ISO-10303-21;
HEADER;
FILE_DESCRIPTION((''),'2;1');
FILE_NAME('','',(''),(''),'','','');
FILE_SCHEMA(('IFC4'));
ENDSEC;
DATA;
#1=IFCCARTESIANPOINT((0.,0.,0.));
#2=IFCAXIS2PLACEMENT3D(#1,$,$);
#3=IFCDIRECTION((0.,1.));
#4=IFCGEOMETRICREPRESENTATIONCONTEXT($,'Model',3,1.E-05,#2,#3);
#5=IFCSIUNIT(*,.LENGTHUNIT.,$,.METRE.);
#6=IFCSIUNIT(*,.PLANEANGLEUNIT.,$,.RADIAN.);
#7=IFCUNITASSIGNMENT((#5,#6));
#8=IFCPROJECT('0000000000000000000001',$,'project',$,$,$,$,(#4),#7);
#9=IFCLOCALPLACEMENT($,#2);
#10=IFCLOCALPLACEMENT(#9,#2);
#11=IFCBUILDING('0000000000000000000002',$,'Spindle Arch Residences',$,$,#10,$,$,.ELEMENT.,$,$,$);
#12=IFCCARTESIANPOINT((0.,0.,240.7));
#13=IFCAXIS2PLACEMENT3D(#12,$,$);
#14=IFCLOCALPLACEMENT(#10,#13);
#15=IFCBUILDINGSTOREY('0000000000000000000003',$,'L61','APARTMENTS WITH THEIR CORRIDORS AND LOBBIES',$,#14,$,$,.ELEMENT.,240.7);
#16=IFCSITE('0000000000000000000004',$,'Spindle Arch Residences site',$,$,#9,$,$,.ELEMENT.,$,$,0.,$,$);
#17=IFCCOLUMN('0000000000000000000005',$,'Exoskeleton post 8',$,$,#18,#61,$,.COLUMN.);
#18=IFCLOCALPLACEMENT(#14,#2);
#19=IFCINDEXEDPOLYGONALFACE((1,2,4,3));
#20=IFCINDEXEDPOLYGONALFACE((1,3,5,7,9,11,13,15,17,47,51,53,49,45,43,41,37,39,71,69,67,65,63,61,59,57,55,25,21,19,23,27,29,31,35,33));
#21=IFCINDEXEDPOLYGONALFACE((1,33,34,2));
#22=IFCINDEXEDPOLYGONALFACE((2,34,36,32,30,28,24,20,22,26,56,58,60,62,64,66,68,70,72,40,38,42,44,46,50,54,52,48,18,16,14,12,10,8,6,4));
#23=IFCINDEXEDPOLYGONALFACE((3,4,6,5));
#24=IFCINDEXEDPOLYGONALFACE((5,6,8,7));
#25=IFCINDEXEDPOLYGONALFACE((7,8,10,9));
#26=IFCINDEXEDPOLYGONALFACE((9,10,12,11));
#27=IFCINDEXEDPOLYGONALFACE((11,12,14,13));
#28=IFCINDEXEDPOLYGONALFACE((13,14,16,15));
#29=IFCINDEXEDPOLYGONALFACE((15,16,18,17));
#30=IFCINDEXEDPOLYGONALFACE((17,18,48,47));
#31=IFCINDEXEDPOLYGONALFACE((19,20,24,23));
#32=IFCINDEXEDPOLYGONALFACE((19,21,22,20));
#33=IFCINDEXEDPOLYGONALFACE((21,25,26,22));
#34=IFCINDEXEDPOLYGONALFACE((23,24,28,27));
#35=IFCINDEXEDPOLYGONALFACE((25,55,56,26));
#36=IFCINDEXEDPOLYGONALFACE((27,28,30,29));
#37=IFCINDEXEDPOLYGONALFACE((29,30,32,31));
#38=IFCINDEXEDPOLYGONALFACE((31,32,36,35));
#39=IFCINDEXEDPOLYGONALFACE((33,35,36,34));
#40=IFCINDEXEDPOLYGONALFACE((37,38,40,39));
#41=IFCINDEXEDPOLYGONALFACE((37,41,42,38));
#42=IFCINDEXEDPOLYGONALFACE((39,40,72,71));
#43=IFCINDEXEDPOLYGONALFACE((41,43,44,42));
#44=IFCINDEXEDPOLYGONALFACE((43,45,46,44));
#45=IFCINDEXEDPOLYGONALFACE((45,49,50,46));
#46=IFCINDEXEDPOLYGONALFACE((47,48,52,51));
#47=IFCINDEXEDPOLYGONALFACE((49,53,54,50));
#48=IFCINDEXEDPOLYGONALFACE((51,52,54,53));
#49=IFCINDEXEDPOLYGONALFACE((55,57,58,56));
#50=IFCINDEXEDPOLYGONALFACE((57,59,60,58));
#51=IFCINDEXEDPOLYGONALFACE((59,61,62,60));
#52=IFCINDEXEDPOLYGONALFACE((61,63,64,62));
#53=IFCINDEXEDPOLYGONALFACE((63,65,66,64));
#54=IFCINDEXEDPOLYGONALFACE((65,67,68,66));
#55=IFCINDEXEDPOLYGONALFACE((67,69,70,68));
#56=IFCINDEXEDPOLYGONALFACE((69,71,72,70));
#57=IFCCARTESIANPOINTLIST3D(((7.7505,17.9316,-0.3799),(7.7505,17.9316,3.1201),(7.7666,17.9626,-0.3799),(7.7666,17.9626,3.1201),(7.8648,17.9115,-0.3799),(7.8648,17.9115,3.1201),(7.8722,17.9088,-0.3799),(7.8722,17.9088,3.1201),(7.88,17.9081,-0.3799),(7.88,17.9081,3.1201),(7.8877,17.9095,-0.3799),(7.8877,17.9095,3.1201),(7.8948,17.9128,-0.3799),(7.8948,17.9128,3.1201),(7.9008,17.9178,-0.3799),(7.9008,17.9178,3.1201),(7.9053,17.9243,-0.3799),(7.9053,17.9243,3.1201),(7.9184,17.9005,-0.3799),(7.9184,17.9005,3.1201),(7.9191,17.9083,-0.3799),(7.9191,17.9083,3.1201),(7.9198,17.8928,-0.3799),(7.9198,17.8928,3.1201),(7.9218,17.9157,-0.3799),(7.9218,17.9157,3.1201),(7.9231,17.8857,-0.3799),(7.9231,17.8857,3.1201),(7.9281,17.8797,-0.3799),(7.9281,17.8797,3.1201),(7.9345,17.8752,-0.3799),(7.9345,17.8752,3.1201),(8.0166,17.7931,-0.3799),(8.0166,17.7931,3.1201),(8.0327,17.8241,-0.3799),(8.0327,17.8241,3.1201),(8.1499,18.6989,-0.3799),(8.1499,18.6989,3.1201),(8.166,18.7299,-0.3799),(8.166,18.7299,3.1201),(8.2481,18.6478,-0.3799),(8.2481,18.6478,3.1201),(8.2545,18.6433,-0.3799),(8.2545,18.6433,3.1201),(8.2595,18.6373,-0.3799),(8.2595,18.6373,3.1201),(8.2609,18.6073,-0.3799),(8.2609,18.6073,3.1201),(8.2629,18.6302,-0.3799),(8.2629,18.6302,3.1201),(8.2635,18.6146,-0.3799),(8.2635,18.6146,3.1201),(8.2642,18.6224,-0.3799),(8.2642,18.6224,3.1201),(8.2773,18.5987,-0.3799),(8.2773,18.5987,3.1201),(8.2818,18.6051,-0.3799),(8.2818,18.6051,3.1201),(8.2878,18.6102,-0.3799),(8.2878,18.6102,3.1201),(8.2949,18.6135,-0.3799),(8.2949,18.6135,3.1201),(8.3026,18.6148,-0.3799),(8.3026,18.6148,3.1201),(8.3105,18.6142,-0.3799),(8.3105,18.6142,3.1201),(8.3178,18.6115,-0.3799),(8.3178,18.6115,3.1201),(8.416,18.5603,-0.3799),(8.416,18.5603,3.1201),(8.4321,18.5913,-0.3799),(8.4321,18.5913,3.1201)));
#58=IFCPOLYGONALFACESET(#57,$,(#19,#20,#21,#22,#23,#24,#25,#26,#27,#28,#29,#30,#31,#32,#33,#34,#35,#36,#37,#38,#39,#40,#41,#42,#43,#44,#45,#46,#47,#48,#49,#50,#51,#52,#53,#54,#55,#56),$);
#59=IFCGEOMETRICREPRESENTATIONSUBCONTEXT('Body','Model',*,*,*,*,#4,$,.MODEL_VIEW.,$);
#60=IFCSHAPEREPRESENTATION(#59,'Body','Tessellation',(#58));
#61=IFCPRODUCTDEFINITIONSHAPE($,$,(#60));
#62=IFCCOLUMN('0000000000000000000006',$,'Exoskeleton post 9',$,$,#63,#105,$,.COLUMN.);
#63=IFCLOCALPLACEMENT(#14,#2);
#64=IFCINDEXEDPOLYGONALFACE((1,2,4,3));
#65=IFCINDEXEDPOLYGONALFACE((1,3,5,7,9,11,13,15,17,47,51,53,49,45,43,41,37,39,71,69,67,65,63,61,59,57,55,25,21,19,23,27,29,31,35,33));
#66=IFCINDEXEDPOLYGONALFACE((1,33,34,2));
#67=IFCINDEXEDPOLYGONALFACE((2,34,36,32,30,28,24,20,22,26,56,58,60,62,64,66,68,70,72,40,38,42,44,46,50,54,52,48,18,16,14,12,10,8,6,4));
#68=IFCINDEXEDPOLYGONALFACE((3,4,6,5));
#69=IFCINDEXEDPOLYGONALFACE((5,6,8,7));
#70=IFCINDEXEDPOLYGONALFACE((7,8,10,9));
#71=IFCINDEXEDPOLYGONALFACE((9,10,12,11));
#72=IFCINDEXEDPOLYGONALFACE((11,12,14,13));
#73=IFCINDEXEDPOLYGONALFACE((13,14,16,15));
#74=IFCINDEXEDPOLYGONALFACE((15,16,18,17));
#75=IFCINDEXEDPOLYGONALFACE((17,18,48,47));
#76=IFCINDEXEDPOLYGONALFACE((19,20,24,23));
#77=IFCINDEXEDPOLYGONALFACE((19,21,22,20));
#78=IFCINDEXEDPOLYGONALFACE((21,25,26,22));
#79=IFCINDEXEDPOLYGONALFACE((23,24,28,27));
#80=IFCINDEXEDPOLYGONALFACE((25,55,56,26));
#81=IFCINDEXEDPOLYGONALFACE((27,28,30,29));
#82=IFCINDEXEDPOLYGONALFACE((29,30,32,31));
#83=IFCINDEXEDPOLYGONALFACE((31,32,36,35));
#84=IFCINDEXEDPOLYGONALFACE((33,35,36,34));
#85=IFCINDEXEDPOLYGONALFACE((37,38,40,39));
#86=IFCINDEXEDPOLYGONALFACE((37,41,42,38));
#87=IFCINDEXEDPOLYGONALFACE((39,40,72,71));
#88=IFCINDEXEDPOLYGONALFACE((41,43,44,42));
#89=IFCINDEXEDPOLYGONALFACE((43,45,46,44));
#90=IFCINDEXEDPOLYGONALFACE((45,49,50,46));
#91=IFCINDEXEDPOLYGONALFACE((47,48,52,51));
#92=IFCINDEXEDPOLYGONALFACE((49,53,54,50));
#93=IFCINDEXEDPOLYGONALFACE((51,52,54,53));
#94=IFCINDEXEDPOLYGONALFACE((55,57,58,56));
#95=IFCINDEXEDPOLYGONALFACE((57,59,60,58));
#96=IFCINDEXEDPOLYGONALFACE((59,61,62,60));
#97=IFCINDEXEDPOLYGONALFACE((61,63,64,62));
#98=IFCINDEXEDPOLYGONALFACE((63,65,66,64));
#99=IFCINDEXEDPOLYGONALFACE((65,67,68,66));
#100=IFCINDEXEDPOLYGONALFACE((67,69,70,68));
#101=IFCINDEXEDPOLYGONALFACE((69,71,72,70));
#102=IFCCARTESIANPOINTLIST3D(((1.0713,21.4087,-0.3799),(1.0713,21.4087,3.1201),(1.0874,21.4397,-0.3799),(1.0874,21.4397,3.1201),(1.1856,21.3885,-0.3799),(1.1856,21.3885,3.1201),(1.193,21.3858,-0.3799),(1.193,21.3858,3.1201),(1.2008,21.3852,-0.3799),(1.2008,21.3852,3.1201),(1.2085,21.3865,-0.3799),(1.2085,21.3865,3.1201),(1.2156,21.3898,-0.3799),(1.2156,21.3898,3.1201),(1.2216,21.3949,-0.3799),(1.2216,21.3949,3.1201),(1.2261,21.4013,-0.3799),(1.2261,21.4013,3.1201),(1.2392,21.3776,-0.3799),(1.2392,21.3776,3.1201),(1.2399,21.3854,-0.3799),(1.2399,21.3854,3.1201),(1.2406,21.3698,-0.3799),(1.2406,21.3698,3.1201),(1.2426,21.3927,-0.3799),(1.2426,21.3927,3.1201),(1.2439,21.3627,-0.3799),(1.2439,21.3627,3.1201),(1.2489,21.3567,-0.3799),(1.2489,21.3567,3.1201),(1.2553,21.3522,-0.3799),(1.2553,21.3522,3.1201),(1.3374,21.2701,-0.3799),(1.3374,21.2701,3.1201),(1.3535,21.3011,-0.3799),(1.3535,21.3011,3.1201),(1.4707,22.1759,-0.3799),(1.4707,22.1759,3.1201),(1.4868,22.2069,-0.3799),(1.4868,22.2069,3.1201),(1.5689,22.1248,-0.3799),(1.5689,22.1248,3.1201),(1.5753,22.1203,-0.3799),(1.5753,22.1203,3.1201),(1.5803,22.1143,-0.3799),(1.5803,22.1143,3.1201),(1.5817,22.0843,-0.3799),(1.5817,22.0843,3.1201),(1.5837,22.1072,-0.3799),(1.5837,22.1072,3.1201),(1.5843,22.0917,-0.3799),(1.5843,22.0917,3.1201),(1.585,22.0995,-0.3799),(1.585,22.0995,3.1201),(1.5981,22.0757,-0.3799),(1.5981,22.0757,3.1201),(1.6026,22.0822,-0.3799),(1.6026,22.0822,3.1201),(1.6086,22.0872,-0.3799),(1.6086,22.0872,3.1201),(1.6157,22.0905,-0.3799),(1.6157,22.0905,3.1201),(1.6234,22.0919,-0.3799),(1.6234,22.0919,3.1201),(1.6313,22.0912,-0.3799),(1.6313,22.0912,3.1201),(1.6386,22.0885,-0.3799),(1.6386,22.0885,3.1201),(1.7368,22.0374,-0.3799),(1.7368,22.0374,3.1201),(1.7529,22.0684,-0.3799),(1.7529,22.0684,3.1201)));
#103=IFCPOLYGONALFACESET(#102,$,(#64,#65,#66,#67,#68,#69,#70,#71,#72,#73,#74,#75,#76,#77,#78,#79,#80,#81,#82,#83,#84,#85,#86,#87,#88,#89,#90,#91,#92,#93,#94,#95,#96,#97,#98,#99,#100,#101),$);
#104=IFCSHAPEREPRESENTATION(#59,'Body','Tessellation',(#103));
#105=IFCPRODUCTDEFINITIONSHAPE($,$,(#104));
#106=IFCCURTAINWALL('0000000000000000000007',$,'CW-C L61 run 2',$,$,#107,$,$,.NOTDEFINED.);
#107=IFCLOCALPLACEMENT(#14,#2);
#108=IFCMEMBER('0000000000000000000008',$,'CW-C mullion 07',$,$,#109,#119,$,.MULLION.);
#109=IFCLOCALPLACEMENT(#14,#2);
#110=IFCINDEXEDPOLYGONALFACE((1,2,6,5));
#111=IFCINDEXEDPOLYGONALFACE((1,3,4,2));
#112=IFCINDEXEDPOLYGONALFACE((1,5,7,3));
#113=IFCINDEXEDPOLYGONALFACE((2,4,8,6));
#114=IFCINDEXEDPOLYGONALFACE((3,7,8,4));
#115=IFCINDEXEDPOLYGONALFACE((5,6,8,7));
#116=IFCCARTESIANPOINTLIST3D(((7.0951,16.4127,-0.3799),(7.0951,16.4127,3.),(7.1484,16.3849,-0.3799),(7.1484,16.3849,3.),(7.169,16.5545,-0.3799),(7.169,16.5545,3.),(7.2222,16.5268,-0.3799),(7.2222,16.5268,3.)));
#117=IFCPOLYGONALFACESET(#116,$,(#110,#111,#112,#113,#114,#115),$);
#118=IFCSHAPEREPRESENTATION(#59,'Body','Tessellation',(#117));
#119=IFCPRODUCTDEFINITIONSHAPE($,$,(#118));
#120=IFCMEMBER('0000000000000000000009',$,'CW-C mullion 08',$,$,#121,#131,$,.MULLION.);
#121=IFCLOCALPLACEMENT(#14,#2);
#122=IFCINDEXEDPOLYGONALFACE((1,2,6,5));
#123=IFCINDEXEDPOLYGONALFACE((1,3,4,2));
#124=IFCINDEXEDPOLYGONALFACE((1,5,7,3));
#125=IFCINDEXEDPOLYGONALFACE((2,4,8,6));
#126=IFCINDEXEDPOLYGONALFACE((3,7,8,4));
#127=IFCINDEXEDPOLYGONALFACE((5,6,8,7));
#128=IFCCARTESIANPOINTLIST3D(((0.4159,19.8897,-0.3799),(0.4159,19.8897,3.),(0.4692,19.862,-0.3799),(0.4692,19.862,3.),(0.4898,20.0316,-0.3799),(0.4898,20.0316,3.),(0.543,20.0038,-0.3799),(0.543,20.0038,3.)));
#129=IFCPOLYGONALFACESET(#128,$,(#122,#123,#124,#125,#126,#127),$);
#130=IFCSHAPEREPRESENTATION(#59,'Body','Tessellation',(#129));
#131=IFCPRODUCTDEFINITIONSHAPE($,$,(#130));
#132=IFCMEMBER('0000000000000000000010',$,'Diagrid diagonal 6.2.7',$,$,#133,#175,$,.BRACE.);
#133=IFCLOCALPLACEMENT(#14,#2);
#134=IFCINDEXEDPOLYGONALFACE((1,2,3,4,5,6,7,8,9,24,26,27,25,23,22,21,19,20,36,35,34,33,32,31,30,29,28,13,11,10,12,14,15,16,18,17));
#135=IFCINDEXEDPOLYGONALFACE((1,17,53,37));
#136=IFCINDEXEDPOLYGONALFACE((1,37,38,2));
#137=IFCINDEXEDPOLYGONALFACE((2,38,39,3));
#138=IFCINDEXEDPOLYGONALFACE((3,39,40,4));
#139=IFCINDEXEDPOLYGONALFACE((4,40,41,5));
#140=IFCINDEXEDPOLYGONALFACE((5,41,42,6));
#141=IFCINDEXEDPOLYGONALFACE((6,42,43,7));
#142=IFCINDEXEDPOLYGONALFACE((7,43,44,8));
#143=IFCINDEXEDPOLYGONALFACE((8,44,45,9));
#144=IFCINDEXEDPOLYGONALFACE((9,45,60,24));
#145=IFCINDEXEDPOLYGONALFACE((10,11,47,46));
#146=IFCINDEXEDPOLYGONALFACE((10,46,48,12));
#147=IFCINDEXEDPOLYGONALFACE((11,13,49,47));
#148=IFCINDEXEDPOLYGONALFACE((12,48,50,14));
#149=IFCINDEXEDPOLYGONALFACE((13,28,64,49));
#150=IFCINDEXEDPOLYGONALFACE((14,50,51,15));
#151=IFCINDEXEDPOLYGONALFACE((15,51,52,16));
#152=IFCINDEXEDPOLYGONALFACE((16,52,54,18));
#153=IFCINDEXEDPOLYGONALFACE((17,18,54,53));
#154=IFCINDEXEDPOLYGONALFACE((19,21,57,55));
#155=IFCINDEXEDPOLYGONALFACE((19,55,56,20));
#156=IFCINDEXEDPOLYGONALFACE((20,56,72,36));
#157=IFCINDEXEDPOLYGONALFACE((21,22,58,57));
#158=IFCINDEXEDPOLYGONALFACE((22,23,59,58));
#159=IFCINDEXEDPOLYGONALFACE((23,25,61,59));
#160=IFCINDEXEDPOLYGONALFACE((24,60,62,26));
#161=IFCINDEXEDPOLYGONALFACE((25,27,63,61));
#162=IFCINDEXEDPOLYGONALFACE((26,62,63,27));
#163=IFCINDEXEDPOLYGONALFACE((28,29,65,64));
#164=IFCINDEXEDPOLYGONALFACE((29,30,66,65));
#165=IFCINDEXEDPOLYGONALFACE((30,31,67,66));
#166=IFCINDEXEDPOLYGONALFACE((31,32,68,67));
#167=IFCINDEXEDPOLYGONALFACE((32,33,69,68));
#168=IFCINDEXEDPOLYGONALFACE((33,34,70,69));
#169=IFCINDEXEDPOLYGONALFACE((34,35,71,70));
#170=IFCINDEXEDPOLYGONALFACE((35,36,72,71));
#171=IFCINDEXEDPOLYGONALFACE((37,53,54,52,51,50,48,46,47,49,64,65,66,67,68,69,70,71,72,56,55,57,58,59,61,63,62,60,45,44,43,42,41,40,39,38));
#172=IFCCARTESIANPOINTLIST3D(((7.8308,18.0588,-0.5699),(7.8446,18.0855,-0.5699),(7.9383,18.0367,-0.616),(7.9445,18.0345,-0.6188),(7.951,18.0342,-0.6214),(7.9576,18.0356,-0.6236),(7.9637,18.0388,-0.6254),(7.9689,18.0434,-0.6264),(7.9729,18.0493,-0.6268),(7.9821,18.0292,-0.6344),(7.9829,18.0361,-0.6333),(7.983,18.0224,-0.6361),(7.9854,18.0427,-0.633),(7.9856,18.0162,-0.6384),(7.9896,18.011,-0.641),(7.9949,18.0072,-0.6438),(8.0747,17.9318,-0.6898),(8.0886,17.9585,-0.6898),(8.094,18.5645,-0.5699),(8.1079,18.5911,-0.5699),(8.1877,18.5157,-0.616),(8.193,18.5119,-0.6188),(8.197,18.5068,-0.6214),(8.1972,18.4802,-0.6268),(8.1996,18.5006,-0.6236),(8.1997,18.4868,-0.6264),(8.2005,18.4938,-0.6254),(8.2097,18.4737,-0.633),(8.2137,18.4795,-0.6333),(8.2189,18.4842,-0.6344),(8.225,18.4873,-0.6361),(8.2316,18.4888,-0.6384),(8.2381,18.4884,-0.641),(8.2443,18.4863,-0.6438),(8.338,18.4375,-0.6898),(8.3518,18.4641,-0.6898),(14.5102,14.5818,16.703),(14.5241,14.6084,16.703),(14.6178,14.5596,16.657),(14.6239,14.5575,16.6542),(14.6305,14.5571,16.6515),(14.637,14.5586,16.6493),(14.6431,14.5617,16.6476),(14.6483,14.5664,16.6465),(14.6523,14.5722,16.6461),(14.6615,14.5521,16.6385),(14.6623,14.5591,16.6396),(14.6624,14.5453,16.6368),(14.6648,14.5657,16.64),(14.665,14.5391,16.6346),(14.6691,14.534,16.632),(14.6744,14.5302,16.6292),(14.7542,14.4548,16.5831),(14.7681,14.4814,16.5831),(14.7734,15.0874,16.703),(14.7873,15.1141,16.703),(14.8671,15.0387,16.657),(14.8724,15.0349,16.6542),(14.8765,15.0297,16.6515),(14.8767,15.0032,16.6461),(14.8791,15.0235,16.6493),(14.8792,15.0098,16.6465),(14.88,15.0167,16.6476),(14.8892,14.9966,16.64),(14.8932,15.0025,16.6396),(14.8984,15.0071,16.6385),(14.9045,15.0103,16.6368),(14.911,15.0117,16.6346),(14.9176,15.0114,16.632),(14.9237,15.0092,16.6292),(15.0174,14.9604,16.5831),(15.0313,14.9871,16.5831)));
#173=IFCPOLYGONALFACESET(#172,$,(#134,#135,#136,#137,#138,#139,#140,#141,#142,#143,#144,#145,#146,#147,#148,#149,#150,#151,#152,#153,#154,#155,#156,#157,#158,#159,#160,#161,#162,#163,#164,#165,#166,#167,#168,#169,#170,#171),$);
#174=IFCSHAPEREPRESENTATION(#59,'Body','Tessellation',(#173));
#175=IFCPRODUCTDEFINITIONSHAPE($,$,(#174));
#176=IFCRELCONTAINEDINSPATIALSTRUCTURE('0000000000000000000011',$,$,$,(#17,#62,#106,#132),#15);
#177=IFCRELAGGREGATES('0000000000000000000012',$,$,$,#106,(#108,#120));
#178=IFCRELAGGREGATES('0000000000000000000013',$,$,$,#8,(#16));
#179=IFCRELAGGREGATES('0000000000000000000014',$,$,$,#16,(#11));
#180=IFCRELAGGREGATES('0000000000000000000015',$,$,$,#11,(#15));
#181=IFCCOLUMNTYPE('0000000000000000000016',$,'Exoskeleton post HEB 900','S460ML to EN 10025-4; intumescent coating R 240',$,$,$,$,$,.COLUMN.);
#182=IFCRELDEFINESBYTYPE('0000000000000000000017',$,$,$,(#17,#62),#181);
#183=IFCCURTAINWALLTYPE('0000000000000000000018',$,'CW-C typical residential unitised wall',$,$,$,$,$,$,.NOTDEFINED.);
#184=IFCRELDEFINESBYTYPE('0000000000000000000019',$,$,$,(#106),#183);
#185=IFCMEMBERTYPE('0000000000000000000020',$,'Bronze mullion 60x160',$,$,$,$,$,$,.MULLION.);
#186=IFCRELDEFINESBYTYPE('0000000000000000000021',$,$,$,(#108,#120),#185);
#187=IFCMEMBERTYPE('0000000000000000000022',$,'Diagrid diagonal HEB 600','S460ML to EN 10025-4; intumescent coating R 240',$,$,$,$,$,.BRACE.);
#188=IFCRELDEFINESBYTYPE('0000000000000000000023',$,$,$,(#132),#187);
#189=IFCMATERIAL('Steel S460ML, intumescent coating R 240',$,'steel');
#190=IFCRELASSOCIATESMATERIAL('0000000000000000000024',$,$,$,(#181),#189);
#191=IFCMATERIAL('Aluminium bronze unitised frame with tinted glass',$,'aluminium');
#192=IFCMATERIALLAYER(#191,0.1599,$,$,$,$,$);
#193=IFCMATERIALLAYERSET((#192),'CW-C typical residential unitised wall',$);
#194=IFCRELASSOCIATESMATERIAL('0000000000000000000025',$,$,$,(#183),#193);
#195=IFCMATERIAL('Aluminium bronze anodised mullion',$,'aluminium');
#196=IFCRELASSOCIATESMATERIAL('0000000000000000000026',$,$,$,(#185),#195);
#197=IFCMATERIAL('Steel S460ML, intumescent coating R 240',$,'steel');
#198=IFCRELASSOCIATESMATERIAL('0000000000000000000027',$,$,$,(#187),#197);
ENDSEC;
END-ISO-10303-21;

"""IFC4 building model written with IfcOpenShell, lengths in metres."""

from ifc_helpers import new_model, si_unit, direction, frame, origin, origin_2d, place, context, subcontext, project, spatial, rectangle, i_section, extrude, material, layer, layer_set, material_profile, profile_set, type_object, element, aggregate, save


model = new_model("IFC4")

# Units and contexts
model_context = context("Model", 3, precision=1e-05, world=origin(), true_north=direction((0.0, 1.0)))
body_context = subcontext(model_context, "Body", "Model", "MODEL_VIEW")
ifc_project = project(units=[si_unit("LENGTHUNIT", "METRE"), si_unit("PLANEANGLEUNIT", "RADIAN")], contexts=[model_context])

# Site, building, storey
site_placement = place(None, origin())
site = spatial("IfcSite", under=ifc_project, at=site_placement, Name="Spindle Arch Residences site", CompositionType="ELEMENT", RefElevation=0.0)
building_placement = place(site_placement, origin())
building = spatial("IfcBuilding", under=site, at=building_placement, Name="Spindle Arch Residences", CompositionType="ELEMENT")
storey_placement = place(building_placement, frame((0.0, 0.0, 240.7)))
storey = spatial("IfcBuildingStorey", under=building, at=storey_placement, Name="L61", Description="APARTMENTS WITH THEIR CORRIDORS AND LOBBIES", CompositionType="ELEMENT", Elevation=240.7)

# Columns
ifc_material_1 = material(Name="Steel S460ML, intumescent coating R 240", Category="steel")
ifc_material_profile_1 = material_profile(ifc_material_1, i_section(OverallWidth=0.3, OverallDepth=0.8999, WebThickness=0.0186, FlangeThickness=0.0349, FilletRadius=0.03, at=origin_2d()), Name="HEB 900")
ifc_profile_set_1 = profile_set([ifc_material_profile_1], Name="Steel S460ML, intumescent coating R 240")
column_type = type_object("IfcColumnType", Name="Exoskeleton post HEB 900", Description="S460ML to EN 10025-4; intumescent coating R 240", PredefinedType="COLUMN", material=ifc_profile_set_1)
for number, where, z_axis, x_axis, name in (
    (1, (8.0913, 18.2615, -0.3799), (0.0, 0.0, 1.0), (0.887011, -0.461749, 0.0), "Exoskeleton post 8"),
    (2, (1.4121, 21.7385, -0.3799), (0.0, 0.0, 1.0), (0.887011, -0.461749, 0.0), "Exoskeleton post 9"),
):
    element("IfcColumn", number, at=place(storey_placement, frame(where, z_axis=z_axis, x_axis=x_axis)), inside=storey, type_object=column_type, Name=name, PredefinedType="COLUMN", context=body_context, shape_type="SweptSolid", body=[
        extrude(i_section(OverallWidth=0.3, OverallDepth=0.8999, WebThickness=0.0186, FlangeThickness=0.0349, FilletRadius=0.03, at=origin_2d()), origin(), (0.0, 0.0, 1.0), 3.5),
    ])

# Curtain wall, members
ifc_material_2 = material(Name="Aluminium bronze unitised frame with tinted glass", Category="aluminium")
ifc_layer_1 = layer(ifc_material_2, 0.1599)
ifc_layer_set_1 = layer_set([ifc_layer_1], Name="CW-C typical residential unitised wall")
curtain_wall_type = type_object("IfcCurtainWallType", Name="CW-C typical residential unitised wall", PredefinedType="NOTDEFINED", material=ifc_layer_set_1)
curtain_wall_placement = place(storey_placement, origin())
curtain_wall = element("IfcCurtainWall", 3, at=curtain_wall_placement, inside=storey, type_object=curtain_wall_type, Name="CW-C L61 run 2", PredefinedType="NOTDEFINED")
ifc_material_3 = material(Name="Aluminium bronze anodised mullion", Category="aluminium")
ifc_material_profile_2 = material_profile(ifc_material_3, rectangle(XDim=0.1599, YDim=0.0601, at=origin_2d()), Name="MU 60x160")
ifc_profile_set_2 = profile_set([ifc_material_profile_2], Name="Aluminium bronze anodised mullion")
member_type_1 = type_object("IfcMemberType", Name="Bronze mullion 60x160", PredefinedType="MULLION", material=ifc_profile_set_2)
member_1_placement = place(storey_placement, frame((7.1587, 16.4697, -0.3799), z_axis=(0.0, 0.0, 1.0), x_axis=(-0.461749, -0.887011, 0.0)))
member_1 = element("IfcMember", 4, at=member_1_placement, type_object=member_type_1, Name="CW-C mullion 07", PredefinedType="MULLION", context=body_context, shape_type="SweptSolid", body=[
    extrude(rectangle(XDim=0.1599, YDim=0.0601, at=origin_2d()), origin(), (0.0, 0.0, 1.0), 3.3799),
])
member_2_placement = place(storey_placement, frame((0.4795, 19.9468, -0.3799), z_axis=(0.0, 0.0, 1.0), x_axis=(-0.461749, -0.887011, 0.0)))
member_2 = element("IfcMember", 5, at=member_2_placement, type_object=member_type_1, Name="CW-C mullion 08", PredefinedType="MULLION", context=body_context, shape_type="SweptSolid", body=[
    extrude(rectangle(XDim=0.1599, YDim=0.0601, at=origin_2d()), origin(), (0.0, 0.0, 1.0), 3.3799),
])

# Member
ifc_material_4 = material(Name="Steel S460ML, intumescent coating R 240", Category="steel")
ifc_material_profile_3 = material_profile(ifc_material_4, i_section(OverallWidth=0.3, OverallDepth=0.6001, WebThickness=0.0154, FlangeThickness=0.03, FilletRadius=0.0271, at=origin_2d()), Name="HEB 600")
ifc_profile_set_3 = profile_set([ifc_material_profile_3], Name="Steel S460ML, intumescent coating R 240")
member_type_2 = type_object("IfcMemberType", Name="Diagrid diagonal HEB 600", Description="S460ML to EN 10025-4; intumescent coating R 240", PredefinedType="BRACE", material=ifc_profile_set_3)
for number, where, z_axis, x_axis, name in (
    (6, (8.0913, 18.2615, -0.6299), (0.354478, -0.184527, 0.916676), (-0.813104, 0.423269, 0.399631), "Diagrid diagonal 6.2.7"),
):
    element("IfcMember", number, at=place(storey_placement, frame(where, z_axis=z_axis, x_axis=x_axis)), inside=storey, type_object=member_type_2, Name=name, PredefinedType="BRACE", context=body_context, shape_type="SweptSolid", body=[
        extrude(i_section(OverallWidth=0.3, OverallDepth=0.6001, WebThickness=0.0154, FlangeThickness=0.03, FilletRadius=0.0271, at=origin_2d()), origin(), (0.0, 0.0, 1.0), 18.843),
    ])

aggregate(curtain_wall, [member_1, member_2])

save(model, "model.ifc")
